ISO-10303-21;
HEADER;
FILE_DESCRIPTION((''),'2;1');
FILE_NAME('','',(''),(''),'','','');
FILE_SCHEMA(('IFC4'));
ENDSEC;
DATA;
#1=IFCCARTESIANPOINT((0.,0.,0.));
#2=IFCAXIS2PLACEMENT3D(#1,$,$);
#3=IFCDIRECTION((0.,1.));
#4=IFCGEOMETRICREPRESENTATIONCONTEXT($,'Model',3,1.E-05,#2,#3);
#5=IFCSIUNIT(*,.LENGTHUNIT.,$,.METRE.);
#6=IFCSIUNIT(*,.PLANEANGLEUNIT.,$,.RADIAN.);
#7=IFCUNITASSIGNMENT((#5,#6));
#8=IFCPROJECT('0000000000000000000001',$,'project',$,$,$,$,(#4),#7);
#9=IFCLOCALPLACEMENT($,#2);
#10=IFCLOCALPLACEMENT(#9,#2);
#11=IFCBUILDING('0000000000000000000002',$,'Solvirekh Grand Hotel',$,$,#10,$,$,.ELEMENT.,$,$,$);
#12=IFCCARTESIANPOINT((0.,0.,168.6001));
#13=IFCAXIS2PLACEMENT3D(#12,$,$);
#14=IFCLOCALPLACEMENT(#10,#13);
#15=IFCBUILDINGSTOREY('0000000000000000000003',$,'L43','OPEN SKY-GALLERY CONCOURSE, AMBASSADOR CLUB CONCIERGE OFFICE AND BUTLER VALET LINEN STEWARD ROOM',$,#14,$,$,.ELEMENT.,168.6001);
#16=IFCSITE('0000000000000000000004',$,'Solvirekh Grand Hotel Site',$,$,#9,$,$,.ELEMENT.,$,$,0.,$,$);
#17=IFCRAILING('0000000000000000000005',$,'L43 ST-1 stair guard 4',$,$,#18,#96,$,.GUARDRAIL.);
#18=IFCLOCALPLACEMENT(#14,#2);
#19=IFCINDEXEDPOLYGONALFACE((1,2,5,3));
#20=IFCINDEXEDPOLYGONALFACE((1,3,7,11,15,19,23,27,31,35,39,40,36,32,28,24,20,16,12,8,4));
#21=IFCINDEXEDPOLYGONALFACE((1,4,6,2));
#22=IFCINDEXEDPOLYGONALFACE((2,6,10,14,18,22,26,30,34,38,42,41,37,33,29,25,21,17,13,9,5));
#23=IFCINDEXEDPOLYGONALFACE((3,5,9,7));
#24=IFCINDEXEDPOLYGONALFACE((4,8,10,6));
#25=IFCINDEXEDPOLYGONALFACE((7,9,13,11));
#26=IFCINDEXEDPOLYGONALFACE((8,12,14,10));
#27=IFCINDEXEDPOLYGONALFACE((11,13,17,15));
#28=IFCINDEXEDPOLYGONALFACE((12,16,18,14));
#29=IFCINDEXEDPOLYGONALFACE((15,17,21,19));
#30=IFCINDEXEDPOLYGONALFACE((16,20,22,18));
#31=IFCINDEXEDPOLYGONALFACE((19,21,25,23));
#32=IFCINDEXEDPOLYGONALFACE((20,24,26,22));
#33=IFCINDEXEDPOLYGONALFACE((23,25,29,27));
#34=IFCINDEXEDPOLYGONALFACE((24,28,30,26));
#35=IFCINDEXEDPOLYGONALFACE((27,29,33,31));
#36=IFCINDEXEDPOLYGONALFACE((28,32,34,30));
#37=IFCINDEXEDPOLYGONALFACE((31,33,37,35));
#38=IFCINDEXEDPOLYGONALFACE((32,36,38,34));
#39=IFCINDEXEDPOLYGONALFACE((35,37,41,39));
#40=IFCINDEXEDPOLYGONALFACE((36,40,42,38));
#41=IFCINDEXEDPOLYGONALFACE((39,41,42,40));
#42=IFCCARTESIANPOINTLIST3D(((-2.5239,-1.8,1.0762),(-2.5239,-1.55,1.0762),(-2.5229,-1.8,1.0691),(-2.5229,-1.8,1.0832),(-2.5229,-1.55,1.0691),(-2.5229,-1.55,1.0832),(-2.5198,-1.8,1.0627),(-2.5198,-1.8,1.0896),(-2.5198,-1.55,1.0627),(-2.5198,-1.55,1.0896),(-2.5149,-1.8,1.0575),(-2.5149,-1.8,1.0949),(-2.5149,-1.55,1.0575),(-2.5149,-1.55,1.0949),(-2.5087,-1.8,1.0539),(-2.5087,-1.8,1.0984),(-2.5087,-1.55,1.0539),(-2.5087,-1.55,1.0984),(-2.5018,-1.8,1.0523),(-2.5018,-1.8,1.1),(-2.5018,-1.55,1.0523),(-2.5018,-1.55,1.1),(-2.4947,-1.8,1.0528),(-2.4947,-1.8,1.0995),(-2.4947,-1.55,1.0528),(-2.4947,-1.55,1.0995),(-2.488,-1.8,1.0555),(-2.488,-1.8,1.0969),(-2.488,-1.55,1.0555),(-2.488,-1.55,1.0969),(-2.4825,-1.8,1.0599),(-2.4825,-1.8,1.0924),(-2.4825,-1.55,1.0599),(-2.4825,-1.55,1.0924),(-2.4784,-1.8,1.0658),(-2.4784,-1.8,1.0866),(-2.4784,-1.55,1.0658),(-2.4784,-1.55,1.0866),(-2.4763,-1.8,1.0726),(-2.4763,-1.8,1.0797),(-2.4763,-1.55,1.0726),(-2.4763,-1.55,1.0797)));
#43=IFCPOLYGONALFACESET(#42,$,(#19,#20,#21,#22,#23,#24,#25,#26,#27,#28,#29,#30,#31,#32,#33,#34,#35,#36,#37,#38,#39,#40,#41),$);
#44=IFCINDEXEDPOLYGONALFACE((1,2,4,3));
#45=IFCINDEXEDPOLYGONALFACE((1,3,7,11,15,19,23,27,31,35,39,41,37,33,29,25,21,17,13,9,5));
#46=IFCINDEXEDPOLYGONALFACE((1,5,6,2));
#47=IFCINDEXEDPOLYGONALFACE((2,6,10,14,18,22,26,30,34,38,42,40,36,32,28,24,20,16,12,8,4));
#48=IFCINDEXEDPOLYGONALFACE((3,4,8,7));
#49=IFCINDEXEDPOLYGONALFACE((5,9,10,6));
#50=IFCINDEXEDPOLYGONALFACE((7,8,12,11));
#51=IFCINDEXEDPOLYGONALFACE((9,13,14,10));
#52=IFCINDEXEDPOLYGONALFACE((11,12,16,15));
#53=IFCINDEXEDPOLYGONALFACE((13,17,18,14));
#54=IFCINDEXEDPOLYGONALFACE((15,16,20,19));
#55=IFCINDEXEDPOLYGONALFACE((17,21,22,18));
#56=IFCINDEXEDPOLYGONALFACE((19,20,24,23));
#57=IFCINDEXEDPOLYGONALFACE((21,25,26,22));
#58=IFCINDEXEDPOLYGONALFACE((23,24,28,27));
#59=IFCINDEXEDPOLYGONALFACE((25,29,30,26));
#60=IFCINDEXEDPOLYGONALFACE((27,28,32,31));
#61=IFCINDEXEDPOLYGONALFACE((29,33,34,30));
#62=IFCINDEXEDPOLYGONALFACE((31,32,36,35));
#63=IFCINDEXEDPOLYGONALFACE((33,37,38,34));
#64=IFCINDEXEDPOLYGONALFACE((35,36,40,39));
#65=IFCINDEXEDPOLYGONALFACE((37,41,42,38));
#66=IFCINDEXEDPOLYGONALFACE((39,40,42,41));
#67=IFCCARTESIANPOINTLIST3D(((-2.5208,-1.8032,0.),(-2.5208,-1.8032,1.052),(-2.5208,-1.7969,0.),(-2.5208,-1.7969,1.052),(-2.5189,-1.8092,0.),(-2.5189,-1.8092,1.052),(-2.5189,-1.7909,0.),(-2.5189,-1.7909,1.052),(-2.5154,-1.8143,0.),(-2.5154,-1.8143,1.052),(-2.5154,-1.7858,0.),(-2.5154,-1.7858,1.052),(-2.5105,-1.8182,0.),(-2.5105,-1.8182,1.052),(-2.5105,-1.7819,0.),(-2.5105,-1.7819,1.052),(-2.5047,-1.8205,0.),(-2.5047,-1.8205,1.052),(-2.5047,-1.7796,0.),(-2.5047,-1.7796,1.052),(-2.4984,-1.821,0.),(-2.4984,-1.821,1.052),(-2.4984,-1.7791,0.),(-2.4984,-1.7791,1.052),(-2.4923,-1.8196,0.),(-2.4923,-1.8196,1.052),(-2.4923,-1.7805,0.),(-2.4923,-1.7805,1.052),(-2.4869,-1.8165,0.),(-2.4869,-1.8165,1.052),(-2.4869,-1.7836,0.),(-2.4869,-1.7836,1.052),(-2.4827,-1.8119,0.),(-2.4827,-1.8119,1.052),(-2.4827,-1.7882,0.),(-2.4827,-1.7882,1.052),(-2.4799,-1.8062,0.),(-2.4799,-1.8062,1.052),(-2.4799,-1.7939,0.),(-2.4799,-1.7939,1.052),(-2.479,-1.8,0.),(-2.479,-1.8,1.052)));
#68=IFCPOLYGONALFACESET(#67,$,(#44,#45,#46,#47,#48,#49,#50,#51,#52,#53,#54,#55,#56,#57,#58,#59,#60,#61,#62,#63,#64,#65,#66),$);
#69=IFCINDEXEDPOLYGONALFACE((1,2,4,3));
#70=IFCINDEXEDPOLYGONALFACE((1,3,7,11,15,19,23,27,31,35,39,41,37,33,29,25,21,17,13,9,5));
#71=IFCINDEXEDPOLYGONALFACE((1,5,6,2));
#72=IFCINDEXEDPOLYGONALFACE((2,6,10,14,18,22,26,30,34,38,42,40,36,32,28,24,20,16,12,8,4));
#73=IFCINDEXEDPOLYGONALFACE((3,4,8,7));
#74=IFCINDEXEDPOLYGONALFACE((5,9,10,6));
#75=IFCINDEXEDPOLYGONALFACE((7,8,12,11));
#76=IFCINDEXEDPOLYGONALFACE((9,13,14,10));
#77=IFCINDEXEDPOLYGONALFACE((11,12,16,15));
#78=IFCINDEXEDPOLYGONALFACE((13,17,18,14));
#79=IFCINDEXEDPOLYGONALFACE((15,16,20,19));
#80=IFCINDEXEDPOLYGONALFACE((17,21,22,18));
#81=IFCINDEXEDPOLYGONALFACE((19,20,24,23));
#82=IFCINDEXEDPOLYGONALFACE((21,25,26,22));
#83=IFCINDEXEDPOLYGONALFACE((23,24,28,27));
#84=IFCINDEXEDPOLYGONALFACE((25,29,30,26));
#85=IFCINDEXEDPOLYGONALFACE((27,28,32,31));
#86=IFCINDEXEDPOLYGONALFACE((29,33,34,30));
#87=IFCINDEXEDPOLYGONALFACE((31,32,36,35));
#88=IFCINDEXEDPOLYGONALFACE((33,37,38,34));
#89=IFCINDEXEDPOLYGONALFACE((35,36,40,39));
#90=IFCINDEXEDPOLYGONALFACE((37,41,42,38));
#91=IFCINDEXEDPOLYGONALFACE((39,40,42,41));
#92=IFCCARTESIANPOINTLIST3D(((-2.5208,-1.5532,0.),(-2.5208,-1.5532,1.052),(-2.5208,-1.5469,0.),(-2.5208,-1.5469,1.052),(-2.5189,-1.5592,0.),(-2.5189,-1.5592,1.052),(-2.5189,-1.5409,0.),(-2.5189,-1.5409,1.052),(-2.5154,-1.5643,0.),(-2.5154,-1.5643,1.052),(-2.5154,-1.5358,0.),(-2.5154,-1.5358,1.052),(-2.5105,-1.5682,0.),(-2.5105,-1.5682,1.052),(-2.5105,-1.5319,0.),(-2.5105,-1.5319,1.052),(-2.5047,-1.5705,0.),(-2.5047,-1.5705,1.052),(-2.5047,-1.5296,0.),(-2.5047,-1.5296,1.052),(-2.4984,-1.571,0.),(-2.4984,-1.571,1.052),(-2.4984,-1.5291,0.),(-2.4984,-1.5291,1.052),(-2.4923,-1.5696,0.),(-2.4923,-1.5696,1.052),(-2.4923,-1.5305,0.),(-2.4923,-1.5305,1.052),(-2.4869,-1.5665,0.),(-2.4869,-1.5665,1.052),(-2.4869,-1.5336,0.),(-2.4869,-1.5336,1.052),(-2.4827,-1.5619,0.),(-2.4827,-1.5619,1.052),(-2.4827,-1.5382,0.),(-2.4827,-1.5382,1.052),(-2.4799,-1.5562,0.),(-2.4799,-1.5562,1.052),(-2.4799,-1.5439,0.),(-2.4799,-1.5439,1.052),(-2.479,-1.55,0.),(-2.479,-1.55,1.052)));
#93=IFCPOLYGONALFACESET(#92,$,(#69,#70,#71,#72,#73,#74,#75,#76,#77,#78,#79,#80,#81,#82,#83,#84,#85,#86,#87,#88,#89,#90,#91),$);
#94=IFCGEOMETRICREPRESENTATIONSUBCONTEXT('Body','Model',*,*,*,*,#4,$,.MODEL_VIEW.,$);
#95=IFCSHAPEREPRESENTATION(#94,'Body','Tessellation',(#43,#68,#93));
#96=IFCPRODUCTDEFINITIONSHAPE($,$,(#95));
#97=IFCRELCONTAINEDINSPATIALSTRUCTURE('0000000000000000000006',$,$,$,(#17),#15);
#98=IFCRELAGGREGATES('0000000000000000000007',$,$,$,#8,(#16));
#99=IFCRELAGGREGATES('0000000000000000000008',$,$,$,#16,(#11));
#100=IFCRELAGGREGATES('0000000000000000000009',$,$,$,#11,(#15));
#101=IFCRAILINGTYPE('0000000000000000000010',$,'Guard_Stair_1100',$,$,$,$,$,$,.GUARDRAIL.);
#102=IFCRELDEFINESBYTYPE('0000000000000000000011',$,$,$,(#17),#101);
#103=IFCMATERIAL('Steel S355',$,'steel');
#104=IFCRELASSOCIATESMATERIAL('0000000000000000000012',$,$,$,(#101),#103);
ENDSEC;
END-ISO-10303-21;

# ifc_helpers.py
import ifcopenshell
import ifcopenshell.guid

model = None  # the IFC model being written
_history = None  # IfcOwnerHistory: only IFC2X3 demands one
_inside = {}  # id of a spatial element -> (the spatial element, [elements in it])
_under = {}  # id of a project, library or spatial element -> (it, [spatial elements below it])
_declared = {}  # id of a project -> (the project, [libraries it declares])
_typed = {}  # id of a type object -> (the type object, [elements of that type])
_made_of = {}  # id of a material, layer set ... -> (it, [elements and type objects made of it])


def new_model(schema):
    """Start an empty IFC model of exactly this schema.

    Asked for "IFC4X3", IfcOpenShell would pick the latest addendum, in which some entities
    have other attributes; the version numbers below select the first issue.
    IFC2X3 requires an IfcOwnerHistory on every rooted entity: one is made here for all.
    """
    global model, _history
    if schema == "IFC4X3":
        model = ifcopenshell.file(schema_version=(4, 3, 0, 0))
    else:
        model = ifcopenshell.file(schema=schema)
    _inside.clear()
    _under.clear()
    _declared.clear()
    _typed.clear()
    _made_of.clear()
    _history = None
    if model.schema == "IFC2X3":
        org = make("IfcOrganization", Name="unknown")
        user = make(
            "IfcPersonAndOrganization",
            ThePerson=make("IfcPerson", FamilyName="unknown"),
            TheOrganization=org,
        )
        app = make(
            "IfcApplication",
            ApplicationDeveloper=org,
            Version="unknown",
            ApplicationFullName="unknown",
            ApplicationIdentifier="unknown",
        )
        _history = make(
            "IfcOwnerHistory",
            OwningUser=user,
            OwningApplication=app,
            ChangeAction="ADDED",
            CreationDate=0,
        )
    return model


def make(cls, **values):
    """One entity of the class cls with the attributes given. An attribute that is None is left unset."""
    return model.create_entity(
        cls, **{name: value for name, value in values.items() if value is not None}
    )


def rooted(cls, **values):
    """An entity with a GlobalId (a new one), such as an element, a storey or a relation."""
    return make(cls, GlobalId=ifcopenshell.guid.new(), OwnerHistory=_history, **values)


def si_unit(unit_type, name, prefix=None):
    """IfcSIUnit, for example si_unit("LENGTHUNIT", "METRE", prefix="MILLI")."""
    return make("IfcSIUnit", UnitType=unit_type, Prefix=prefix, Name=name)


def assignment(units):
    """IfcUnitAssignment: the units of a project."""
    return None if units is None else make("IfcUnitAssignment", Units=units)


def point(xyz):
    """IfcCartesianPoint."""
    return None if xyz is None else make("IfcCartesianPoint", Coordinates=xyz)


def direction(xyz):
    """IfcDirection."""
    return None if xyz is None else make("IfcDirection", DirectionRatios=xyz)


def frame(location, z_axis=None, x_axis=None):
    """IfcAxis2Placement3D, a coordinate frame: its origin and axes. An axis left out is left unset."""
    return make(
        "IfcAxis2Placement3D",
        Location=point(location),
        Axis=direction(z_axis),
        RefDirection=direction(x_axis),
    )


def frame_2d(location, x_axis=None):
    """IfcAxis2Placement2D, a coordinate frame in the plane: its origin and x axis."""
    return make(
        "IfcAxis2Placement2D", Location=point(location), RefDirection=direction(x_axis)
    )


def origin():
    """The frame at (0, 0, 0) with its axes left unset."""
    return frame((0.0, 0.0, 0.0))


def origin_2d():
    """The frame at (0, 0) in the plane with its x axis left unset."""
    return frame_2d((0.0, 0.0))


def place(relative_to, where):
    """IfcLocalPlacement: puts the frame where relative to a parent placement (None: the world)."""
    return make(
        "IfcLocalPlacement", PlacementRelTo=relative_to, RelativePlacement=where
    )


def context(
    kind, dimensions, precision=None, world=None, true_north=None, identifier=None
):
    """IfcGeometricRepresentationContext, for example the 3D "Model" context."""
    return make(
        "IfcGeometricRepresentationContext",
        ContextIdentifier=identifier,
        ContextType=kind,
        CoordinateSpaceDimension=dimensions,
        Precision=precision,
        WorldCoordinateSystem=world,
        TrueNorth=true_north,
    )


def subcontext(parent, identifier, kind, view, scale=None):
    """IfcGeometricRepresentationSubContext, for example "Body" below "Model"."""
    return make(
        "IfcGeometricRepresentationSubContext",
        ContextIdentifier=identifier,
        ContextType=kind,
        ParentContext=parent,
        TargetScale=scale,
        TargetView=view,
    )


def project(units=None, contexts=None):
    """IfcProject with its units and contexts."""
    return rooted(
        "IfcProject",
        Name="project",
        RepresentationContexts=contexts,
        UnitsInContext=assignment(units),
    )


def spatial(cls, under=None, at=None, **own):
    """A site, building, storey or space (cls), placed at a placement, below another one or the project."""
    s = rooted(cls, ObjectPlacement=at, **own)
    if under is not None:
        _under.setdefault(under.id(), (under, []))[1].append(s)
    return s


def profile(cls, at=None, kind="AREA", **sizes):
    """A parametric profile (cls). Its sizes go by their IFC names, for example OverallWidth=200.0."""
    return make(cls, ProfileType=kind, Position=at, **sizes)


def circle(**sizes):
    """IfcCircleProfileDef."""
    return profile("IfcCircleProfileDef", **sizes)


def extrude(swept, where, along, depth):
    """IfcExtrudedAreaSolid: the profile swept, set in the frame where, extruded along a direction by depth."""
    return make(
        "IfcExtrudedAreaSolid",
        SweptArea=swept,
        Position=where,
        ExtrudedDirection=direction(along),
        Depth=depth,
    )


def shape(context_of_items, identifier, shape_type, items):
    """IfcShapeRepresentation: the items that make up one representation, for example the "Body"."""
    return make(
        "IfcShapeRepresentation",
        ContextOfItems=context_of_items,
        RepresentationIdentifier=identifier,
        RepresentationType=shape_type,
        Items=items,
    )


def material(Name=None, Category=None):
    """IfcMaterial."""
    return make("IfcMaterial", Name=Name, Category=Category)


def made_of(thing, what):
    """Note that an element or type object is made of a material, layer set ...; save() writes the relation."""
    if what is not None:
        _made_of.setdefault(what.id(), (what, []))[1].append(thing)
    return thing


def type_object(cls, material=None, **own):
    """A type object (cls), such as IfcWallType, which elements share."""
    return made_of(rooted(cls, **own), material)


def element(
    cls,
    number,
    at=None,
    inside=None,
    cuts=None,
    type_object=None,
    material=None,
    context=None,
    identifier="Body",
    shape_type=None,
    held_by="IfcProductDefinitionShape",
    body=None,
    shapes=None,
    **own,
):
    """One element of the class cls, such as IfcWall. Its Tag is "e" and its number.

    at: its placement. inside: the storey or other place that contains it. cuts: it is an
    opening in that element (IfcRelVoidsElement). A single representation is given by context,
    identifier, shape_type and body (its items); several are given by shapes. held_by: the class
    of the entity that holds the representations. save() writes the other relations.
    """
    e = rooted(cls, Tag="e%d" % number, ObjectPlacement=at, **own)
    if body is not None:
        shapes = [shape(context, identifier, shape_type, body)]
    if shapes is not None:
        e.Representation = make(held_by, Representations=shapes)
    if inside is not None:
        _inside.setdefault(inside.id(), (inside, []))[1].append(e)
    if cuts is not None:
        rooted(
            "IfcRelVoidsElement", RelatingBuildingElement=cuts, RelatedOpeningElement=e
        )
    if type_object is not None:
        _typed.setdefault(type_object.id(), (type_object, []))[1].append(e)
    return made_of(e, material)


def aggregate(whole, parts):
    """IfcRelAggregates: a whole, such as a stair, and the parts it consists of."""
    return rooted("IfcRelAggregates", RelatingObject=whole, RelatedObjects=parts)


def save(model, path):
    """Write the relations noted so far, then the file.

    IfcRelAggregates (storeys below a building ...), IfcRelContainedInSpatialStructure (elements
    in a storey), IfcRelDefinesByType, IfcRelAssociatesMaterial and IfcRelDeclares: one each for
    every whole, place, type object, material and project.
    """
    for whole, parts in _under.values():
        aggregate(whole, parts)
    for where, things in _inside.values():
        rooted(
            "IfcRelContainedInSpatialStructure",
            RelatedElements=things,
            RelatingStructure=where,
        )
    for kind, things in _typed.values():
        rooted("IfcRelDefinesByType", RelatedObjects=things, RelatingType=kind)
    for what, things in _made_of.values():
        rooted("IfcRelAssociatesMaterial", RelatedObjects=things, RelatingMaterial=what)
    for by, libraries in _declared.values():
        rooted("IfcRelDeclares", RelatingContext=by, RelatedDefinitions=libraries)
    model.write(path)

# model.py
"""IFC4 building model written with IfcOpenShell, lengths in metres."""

from ifc_helpers import new_model, si_unit, direction, frame, origin, origin_2d, place, context, subcontext, project, spatial, circle, extrude, material, type_object, element, save


model = new_model("IFC4")

# Units and contexts
model_context = context("Model", 3, precision=1e-05, world=origin(), true_north=direction((0.0, 1.0)))
body_context = subcontext(model_context, "Body", "Model", "MODEL_VIEW")
ifc_project = project(units=[si_unit("LENGTHUNIT", "METRE"), si_unit("PLANEANGLEUNIT", "RADIAN")], contexts=[model_context])

# Site, building, storey
site_placement = place(None, origin())
site = spatial("IfcSite", under=ifc_project, at=site_placement, Name="Solvirekh Grand Hotel Site", CompositionType="ELEMENT", RefElevation=0.0)
building_placement = place(site_placement, origin())
building = spatial("IfcBuilding", under=site, at=building_placement, Name="Solvirekh Grand Hotel", CompositionType="ELEMENT")
storey_placement = place(building_placement, frame((0.0, 0.0, 168.6001)))
storey = spatial("IfcBuildingStorey", under=building, at=storey_placement, Name="L43", Description="OPEN SKY-GALLERY CONCOURSE, AMBASSADOR CLUB CONCIERGE OFFICE AND BUTLER VALET LINEN STEWARD ROOM", CompositionType="ELEMENT", Elevation=168.6001)

# Shared definitions
ifc_material_1 = material(Name="Steel S355", Category="steel")

# Railing
railing_type_1 = type_object("IfcRailingType", Name="Guard_Stair_1100", PredefinedType="GUARDRAIL", material=ifc_material_1)
railing_1_placement = place(storey_placement, frame((-2.5, -1.8, 0.0)))
element("IfcRailing", 1, at=railing_1_placement, inside=storey, type_object=railing_type_1, Name="L43 ST-1 stair guard 4", PredefinedType="GUARDRAIL", context=body_context, shape_type="SweptSolid", body=[
    extrude(circle(Radius=0.0239, at=origin_2d()), frame((0.0, 0.0, 1.0762), z_axis=(0.0, 1.0, 0.0), x_axis=(-1.0, 0.0, 0.0)), (0.0, 0.0, 1.0), 0.25),
    extrude(circle(Radius=0.021, at=origin_2d()), origin(), (0.0, 0.0, 1.0), 1.052),
    extrude(circle(Radius=0.021, at=origin_2d()), frame((0.0, 0.25, 0.0)), (0.0, 0.0, 1.0), 1.052),
])

save(model, "model.ifc")
